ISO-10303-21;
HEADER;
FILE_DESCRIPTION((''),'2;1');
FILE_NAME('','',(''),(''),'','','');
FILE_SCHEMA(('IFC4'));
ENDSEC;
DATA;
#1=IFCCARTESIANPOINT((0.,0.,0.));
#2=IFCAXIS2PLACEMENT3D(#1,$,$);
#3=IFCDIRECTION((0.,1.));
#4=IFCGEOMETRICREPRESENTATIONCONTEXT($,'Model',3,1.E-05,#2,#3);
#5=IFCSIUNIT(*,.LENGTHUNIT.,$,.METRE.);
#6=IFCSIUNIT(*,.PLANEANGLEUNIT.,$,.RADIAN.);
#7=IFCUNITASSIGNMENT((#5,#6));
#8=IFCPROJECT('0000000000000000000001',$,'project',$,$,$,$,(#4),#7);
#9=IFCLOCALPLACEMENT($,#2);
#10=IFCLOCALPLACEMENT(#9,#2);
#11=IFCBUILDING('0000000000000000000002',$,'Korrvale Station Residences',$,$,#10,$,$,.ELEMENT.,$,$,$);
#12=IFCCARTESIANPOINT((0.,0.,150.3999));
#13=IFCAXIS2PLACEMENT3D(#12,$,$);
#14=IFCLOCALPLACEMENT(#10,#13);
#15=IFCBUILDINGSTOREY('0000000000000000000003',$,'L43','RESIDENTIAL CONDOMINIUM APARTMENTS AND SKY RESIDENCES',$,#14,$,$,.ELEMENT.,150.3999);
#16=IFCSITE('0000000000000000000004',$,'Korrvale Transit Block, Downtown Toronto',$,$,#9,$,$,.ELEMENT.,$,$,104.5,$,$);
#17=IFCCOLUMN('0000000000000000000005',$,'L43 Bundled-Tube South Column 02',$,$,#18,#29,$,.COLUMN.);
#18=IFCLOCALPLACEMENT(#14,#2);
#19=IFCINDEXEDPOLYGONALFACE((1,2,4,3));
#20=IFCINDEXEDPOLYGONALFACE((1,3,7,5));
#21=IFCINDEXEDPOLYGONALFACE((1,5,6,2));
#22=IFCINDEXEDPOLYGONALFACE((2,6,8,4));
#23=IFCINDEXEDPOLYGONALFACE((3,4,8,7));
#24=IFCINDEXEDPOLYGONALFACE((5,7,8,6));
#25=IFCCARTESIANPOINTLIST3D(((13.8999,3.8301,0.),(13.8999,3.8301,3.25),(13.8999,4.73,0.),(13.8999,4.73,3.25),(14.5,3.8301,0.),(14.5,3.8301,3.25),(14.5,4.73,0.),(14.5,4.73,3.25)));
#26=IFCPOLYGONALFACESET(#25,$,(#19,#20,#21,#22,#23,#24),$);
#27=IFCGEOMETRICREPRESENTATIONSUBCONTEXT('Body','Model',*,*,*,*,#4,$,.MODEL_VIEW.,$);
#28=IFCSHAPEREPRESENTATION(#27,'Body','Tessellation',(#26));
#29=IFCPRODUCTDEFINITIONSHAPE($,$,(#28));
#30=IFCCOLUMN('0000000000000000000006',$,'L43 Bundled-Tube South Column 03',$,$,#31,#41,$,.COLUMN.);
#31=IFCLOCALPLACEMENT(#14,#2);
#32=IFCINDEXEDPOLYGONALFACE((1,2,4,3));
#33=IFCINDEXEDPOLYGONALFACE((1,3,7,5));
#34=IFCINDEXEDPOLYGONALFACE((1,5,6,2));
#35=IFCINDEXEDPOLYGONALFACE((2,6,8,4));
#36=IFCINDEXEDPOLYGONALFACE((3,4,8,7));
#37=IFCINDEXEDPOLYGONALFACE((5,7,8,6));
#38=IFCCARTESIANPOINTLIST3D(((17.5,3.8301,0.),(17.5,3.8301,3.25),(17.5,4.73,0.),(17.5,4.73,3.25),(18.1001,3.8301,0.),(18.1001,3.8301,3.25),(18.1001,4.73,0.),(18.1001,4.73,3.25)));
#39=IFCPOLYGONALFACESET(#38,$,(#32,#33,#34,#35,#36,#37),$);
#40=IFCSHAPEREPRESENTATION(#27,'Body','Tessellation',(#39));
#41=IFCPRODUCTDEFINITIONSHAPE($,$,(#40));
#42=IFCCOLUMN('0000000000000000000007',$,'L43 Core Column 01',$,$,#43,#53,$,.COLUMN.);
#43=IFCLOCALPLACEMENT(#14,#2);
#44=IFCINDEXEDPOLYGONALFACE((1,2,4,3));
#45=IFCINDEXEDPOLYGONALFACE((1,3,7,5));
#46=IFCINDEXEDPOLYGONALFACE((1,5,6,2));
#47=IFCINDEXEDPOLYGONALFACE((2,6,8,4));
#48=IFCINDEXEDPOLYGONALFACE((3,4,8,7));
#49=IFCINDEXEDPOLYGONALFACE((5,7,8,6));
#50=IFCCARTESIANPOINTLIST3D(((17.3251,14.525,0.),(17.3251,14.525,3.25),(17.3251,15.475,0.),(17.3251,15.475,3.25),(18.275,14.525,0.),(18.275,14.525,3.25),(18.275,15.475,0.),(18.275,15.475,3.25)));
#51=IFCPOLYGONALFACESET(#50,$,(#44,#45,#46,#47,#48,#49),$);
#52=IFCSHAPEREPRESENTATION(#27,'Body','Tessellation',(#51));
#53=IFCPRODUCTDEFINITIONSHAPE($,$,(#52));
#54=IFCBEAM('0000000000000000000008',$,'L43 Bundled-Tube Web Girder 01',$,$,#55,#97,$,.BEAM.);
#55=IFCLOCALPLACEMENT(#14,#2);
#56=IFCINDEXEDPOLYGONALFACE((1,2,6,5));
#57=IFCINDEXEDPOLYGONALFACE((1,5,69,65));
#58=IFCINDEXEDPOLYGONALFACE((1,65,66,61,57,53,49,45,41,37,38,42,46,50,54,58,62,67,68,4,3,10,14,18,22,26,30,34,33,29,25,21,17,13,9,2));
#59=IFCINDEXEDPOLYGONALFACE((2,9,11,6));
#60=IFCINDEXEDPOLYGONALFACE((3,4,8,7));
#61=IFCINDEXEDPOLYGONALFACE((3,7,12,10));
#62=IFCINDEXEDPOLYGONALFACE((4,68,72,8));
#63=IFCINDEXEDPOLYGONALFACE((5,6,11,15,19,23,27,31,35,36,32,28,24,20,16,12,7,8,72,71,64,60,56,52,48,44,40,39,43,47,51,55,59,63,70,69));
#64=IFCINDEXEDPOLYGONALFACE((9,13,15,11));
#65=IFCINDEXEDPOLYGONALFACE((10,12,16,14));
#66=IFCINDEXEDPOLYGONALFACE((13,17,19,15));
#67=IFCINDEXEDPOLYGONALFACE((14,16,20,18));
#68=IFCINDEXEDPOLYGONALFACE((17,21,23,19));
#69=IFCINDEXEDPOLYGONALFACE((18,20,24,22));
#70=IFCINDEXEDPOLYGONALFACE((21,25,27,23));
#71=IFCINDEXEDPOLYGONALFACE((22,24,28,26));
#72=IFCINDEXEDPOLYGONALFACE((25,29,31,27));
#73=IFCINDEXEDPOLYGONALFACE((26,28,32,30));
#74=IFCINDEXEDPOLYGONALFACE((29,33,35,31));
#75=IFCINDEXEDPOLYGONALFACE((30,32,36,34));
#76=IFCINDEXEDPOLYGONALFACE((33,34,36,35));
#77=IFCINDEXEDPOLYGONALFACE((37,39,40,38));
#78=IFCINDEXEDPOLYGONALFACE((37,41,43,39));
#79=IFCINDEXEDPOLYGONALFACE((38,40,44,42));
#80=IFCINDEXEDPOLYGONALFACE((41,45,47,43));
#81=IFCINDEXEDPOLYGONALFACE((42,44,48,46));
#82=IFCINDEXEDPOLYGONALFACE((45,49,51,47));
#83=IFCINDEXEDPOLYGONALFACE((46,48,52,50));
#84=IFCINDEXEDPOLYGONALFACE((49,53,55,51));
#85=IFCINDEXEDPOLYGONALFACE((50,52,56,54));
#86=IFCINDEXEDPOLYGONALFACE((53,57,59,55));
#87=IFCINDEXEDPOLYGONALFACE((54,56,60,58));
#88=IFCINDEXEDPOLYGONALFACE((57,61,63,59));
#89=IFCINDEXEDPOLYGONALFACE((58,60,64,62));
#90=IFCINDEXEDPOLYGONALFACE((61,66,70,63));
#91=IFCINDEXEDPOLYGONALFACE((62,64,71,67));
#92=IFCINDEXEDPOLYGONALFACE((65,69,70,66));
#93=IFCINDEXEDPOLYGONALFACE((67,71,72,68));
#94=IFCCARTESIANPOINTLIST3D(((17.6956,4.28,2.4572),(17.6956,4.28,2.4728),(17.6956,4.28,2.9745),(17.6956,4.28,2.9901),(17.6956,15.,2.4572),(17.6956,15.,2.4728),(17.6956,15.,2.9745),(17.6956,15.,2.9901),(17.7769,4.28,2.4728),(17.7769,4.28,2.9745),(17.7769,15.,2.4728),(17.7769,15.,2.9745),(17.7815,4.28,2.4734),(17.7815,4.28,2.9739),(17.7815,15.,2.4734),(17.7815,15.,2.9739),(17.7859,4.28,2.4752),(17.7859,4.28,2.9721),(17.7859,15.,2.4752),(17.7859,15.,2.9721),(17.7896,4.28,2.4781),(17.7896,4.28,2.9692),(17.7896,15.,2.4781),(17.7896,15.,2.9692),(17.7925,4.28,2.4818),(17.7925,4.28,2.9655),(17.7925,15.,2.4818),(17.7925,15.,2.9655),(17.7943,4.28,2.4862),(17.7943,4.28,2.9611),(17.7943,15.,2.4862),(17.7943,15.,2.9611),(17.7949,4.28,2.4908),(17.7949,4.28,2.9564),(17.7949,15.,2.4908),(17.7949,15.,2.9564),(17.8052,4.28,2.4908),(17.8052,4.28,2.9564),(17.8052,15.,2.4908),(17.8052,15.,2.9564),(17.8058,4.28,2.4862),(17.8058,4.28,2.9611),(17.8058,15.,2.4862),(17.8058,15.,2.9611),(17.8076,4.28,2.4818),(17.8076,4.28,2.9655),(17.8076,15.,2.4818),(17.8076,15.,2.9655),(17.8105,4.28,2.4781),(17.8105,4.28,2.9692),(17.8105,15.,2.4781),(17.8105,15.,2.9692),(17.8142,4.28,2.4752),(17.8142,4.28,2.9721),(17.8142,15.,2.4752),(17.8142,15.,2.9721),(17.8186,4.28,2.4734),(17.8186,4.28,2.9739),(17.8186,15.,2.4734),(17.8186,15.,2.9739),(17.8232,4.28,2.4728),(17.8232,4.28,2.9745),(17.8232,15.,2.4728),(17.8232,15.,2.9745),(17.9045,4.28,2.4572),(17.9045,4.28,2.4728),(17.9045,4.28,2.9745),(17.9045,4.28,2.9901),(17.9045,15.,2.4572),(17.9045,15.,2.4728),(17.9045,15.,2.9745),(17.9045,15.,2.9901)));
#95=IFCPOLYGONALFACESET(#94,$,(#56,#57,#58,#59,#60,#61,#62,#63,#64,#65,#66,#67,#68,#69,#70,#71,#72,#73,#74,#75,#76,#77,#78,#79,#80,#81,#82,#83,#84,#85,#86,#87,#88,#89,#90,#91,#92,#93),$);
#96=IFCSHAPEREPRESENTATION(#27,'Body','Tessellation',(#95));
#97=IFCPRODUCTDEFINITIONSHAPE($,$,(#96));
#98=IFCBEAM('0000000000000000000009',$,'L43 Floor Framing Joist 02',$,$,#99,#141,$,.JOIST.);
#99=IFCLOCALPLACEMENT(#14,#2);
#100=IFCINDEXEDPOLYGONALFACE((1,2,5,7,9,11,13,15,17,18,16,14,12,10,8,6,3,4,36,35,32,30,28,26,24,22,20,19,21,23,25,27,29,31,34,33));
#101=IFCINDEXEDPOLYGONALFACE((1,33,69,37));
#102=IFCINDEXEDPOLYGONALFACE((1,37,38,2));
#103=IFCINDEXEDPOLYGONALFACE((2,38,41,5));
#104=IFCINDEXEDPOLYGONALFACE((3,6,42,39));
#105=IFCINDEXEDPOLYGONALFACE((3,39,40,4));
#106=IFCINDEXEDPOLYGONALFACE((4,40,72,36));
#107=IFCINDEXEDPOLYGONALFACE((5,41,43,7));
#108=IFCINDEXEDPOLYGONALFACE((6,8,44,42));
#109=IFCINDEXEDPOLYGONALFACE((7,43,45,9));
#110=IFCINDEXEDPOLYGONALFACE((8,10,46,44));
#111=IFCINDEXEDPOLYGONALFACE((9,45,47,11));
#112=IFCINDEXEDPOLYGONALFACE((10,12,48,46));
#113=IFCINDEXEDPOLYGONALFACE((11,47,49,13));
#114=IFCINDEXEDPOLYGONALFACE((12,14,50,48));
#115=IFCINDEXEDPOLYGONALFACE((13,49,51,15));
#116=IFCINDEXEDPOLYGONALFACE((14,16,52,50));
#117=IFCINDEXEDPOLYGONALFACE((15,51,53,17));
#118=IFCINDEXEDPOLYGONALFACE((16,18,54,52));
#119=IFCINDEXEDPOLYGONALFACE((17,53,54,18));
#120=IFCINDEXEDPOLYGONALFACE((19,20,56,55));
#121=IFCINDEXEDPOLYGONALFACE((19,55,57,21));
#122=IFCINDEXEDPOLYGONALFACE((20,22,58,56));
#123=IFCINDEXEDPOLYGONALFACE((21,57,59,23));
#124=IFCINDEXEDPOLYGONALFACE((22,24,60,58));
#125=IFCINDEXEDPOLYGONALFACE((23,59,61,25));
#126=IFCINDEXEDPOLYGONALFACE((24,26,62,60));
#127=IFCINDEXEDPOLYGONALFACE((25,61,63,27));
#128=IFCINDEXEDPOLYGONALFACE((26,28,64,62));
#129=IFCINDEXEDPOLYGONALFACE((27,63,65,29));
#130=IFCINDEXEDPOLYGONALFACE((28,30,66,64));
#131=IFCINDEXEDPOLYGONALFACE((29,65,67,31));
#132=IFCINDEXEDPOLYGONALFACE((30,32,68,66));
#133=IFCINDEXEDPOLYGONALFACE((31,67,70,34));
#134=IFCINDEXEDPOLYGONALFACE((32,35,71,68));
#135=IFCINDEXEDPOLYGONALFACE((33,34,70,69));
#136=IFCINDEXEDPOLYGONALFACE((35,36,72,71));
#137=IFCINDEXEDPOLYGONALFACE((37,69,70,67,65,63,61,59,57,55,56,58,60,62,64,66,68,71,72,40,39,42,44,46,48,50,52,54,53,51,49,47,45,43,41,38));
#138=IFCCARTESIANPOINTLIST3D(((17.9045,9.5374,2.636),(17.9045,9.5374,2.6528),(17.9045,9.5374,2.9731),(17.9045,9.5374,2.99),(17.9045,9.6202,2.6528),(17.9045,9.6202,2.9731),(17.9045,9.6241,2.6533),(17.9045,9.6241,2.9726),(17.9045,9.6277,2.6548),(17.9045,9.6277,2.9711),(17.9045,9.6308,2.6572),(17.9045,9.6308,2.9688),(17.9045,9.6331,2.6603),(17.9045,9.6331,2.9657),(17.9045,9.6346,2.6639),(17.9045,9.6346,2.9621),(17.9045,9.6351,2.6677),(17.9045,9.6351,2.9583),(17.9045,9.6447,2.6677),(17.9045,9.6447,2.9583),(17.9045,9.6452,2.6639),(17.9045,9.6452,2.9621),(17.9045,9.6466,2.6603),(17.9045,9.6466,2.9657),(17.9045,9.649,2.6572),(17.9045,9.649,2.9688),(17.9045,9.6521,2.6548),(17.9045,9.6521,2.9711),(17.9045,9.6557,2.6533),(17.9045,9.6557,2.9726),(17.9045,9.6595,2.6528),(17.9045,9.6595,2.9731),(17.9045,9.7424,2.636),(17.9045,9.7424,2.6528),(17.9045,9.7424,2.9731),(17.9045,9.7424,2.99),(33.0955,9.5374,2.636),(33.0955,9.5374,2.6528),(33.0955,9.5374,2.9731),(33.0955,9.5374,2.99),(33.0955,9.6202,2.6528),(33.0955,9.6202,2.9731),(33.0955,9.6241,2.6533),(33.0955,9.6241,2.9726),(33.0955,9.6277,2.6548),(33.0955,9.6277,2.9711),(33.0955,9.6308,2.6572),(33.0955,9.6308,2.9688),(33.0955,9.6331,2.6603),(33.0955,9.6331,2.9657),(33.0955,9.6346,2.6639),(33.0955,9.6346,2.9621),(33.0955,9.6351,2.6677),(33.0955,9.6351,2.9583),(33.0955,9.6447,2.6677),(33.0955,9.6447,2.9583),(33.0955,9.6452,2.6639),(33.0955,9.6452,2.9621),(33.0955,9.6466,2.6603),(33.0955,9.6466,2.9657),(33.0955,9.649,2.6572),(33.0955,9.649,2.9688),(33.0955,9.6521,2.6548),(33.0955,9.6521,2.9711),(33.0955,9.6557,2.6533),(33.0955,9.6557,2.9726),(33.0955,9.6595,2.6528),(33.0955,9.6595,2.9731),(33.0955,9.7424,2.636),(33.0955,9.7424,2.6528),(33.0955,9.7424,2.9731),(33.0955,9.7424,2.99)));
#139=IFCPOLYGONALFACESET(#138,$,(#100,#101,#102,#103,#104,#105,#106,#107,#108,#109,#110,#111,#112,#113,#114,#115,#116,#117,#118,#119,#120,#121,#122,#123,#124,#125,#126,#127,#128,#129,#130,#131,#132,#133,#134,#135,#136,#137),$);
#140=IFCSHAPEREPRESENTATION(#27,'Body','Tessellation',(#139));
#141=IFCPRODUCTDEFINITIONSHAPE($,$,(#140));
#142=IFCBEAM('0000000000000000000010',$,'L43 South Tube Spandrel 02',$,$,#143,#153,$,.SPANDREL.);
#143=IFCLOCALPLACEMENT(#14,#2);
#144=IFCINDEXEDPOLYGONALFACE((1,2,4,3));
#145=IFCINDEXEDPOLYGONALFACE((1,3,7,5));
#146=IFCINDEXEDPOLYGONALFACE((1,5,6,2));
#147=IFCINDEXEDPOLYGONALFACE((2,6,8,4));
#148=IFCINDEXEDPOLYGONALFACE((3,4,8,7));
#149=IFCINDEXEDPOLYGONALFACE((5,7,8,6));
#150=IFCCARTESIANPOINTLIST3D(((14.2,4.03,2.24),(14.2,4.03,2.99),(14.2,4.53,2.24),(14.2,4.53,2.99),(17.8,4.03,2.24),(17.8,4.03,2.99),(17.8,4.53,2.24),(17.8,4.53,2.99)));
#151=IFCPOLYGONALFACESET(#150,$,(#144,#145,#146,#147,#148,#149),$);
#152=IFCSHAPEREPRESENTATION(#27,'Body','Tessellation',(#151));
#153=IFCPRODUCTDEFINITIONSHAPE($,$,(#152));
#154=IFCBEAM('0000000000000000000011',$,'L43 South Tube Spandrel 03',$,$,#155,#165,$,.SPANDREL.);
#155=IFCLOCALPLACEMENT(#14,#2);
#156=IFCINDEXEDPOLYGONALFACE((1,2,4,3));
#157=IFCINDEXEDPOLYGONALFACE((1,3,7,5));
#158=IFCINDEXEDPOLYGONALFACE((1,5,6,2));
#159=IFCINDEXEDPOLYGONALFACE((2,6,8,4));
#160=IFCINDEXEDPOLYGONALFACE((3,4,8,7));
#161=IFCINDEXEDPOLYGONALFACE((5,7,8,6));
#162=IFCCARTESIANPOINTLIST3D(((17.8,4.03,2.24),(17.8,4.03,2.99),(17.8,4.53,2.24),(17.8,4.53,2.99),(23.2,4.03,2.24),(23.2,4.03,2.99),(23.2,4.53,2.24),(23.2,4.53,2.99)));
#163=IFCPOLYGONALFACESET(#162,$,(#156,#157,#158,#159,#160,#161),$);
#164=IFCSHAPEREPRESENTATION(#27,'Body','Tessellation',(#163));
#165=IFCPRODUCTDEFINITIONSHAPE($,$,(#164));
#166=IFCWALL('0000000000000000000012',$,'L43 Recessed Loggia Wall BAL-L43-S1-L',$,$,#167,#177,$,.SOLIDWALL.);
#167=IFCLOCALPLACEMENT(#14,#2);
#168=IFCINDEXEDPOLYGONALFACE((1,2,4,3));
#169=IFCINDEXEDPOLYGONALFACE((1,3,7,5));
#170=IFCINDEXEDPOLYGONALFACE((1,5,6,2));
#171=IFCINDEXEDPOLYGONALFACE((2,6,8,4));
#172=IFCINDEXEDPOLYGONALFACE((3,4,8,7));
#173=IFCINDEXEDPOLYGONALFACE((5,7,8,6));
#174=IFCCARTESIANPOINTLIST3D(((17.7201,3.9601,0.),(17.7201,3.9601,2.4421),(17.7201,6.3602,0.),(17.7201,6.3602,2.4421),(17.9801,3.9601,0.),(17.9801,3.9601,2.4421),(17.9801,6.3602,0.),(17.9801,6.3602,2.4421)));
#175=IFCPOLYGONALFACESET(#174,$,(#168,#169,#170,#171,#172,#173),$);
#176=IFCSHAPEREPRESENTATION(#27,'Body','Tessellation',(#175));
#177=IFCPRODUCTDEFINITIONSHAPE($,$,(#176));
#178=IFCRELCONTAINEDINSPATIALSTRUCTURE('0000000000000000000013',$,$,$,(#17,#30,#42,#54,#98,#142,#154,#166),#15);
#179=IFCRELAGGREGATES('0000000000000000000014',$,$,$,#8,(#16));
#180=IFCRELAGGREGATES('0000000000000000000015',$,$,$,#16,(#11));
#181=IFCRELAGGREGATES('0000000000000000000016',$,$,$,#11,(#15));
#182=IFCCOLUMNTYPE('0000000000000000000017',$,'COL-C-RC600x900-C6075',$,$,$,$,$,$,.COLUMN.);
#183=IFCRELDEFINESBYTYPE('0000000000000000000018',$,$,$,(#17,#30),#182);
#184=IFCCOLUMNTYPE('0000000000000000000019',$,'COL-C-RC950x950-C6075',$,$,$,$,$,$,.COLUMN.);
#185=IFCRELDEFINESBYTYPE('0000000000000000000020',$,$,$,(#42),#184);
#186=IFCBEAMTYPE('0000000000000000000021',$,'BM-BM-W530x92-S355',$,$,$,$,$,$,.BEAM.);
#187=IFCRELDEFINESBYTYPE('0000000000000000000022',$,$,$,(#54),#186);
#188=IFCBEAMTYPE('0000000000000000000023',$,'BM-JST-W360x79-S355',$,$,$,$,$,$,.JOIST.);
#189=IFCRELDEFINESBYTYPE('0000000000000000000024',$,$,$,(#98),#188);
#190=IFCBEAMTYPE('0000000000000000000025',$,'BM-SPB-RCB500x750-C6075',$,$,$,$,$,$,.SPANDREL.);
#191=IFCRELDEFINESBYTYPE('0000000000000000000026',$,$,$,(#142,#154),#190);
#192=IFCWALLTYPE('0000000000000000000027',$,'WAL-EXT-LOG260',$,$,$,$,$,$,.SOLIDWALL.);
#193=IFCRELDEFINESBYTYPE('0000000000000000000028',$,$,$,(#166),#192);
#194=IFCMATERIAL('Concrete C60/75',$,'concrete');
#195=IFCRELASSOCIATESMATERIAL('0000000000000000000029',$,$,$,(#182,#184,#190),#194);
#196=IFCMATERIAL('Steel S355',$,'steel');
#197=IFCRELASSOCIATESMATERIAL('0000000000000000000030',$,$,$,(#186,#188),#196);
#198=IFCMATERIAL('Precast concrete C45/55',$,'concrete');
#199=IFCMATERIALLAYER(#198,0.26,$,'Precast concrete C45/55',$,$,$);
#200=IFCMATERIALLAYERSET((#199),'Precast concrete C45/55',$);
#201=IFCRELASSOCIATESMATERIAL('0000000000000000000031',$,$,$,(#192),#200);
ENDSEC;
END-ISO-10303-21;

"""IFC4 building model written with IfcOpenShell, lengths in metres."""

from ifc_helpers import new_model, si_unit, direction, frame, frame_2d, origin, origin_2d, place, context, subcontext, project, spatial, rectangle, i_section, extrude, material, layer, layer_set, material_profile, profile_set, type_object, element, save


model = new_model("IFC4")

# Units and contexts
model_context = context("Model", 3, precision=1e-05, world=origin(), true_north=direction((0.0, 1.0)))
body_context = subcontext(model_context, "Body", "Model", "MODEL_VIEW")
ifc_project = project(units=[si_unit("LENGTHUNIT", "METRE"), si_unit("PLANEANGLEUNIT", "RADIAN")], contexts=[model_context])

# Site, building, storey
site_placement = place(None, origin())
site = spatial("IfcSite", under=ifc_project, at=site_placement, Name="Korrvale Transit Block, Downtown Toronto", CompositionType="ELEMENT", RefElevation=104.5)
building_placement = place(site_placement, origin())
building = spatial("IfcBuilding", under=site, at=building_placement, Name="Korrvale Station Residences", CompositionType="ELEMENT")
storey_placement = place(building_placement, frame((0.0, 0.0, 150.3999)))
storey = spatial("IfcBuildingStorey", under=building, at=storey_placement, Name="L43", Description="RESIDENTIAL CONDOMINIUM APARTMENTS AND SKY RESIDENCES", CompositionType="ELEMENT", Elevation=150.3999)

# Columns
ifc_material_1 = material(Name="Concrete C60/75", Category="concrete")
ifc_material_profile_1 = material_profile(ifc_material_1, rectangle(XDim=0.6001, YDim=0.8999, at=origin_2d()), Name="RC600x900")
ifc_profile_set_1 = profile_set([ifc_material_profile_1], Name="Concrete C60/75")
column_type_1 = type_object("IfcColumnType", Name="COL-C-RC600x900-C6075", PredefinedType="COLUMN", material=ifc_profile_set_1)
for number, where, z_axis, x_axis, name in (
    (1, (14.2, 4.28, 0.0), (0.0, 0.0, 1.0), (1.0, 0.0, 0.0), "L43 Bundled-Tube South Column 02"),
    (2, (17.8, 4.28, 0.0), (0.0, 0.0, 1.0), (1.0, 0.0, 0.0), "L43 Bundled-Tube South Column 03"),
):
    element("IfcColumn", number, at=place(storey_placement, frame(where, z_axis=z_axis, x_axis=x_axis)), inside=storey, type_object=column_type_1, Name=name, PredefinedType="COLUMN", context=body_context, shape_type="SweptSolid", body=[
        extrude(rectangle(XDim=0.6001, YDim=0.8999, at=origin_2d()), origin(), (0.0, 0.0, 1.0), 3.25),
    ])
ifc_material_profile_2 = material_profile(ifc_material_1, rectangle(XDim=0.95, YDim=0.95, at=origin_2d()), Name="RC950x950")
ifc_profile_set_2 = profile_set([ifc_material_profile_2], Name="Concrete C60/75")
column_type_2 = type_object("IfcColumnType", Name="COL-C-RC950x950-C6075", PredefinedType="COLUMN", material=ifc_profile_set_2)
column_placement = place(storey_placement, frame((17.8, 15.0, 0.0), z_axis=(0.0, 0.0, 1.0), x_axis=(1.0, 0.0, 0.0)))
element("IfcColumn", 3, at=column_placement, inside=storey, type_object=column_type_2, Name="L43 Core Column 01", PredefinedType="COLUMN", context=body_context, shape_type="SweptSolid", body=[
    extrude(rectangle(XDim=0.95, YDim=0.95, at=origin_2d()), origin(), (0.0, 0.0, 1.0), 3.25),
])

# Beams
ifc_material_2 = material(Name="Steel S355", Category="steel")
ifc_material_profile_3 = material_profile(ifc_material_2, i_section(OverallWidth=0.209, OverallDepth=0.533, WebThickness=0.0103, FlangeThickness=0.0156, FilletRadius=0.0181, at=origin_2d()), Name="W530x92")
ifc_profile_set_3 = profile_set([ifc_material_profile_3], Name="Steel S355")
beam_type_1 = type_object("IfcBeamType", Name="BM-BM-W530x92-S355", PredefinedType="BEAM", material=ifc_profile_set_3)
beam_1_placement = place(storey_placement, frame((17.8, 4.28, 2.7236), z_axis=(0.0, 1.0, 0.0), x_axis=(-1.0, 0.0, 0.0)))
element("IfcBeam", 4, at=beam_1_placement, inside=storey, type_object=beam_type_1, Name="L43 Bundled-Tube Web Girder 01", PredefinedType="BEAM", context=body_context, shape_type="SweptSolid", body=[
    extrude(i_section(OverallWidth=0.209, OverallDepth=0.533, WebThickness=0.0103, FlangeThickness=0.0156, FilletRadius=0.0181, at=origin_2d()), origin(), (0.0, 0.0, 1.0), 10.72),
])
ifc_material_profile_4 = material_profile(ifc_material_2, i_section(OverallWidth=0.2051, OverallDepth=0.354, WebThickness=0.0095, FlangeThickness=0.0168, FilletRadius=0.0149, at=origin_2d()), Name="W360x79")
ifc_profile_set_4 = profile_set([ifc_material_profile_4], Name="Steel S355")
beam_type_2 = type_object("IfcBeamType", Name="BM-JST-W360x79-S355", PredefinedType="JOIST", material=ifc_profile_set_4)
beam_2_placement = place(storey_placement, frame((17.9045, 9.6399, 2.813), z_axis=(1.0, 0.0, 0.0), x_axis=(0.0, 1.0, 0.0)))
element("IfcBeam", 5, at=beam_2_placement, inside=storey, type_object=beam_type_2, Name="L43 Floor Framing Joist 02", PredefinedType="JOIST", context=body_context, shape_type="SweptSolid", body=[
    extrude(i_section(OverallWidth=0.2051, OverallDepth=0.354, WebThickness=0.0095, FlangeThickness=0.0168, FilletRadius=0.0149, at=origin_2d()), origin(), (0.0, 0.0, 1.0), 15.1909),
])
ifc_material_profile_5 = material_profile(ifc_material_1, rectangle(XDim=0.5, YDim=0.75, at=origin_2d()), Name="RCB500x750")
ifc_profile_set_5 = profile_set([ifc_material_profile_5], Name="Concrete C60/75")
beam_type_3 = type_object("IfcBeamType", Name="BM-SPB-RCB500x750-C6075", PredefinedType="SPANDREL", material=ifc_profile_set_5)
beam_3_placement = place(storey_placement, frame((14.2, 4.28, 2.615), z_axis=(1.0, 0.0, 0.0), x_axis=(0.0, 1.0, 0.0)))
element("IfcBeam", 6, at=beam_3_placement, inside=storey, type_object=beam_type_3, Name="L43 South Tube Spandrel 02", PredefinedType="SPANDREL", context=body_context, shape_type="SweptSolid", body=[
    extrude(rectangle(XDim=0.5, YDim=0.75, at=origin_2d()), origin(), (0.0, 0.0, 1.0), 3.6001),
])
beam_4_placement = place(storey_placement, frame((17.8, 4.28, 2.615), z_axis=(1.0, 0.0, 0.0), x_axis=(0.0, 1.0, 0.0)))
element("IfcBeam", 7, at=beam_4_placement, inside=storey, type_object=beam_type_3, Name="L43 South Tube Spandrel 03", PredefinedType="SPANDREL", context=body_context, shape_type="SweptSolid", body=[
    extrude(rectangle(XDim=0.5, YDim=0.75, at=origin_2d()), origin(), (0.0, 0.0, 1.0), 5.3999),
])

# Wall
ifc_material_3 = material(Name="Precast concrete C45/55", Category="concrete")
ifc_layer_1 = layer(ifc_material_3, 0.26, Name="Precast concrete C45/55")
ifc_layer_set_1 = layer_set([ifc_layer_1], Name="Precast concrete C45/55")
wall_type_1 = type_object("IfcWallType", Name="WAL-EXT-LOG260", PredefinedType="SOLIDWALL", material=ifc_layer_set_1)
wall_1_placement = place(storey_placement, frame((17.8501, 3.96, 0.0), z_axis=(0.0, 0.0, 1.0), x_axis=(0.0, 1.0, 0.0)))
element("IfcWall", 8, at=wall_1_placement, inside=storey, type_object=wall_type_1, Name="L43 Recessed Loggia Wall BAL-L43-S1-L", PredefinedType="SOLIDWALL", context=body_context, shape_type="SweptSolid", body=[
    extrude(rectangle(XDim=2.4001, YDim=0.26, at=frame_2d((1.2002, 0.0))), origin(), (0.0, 0.0, 1.0), 2.4421),
])

save(model, "model.ifc")
